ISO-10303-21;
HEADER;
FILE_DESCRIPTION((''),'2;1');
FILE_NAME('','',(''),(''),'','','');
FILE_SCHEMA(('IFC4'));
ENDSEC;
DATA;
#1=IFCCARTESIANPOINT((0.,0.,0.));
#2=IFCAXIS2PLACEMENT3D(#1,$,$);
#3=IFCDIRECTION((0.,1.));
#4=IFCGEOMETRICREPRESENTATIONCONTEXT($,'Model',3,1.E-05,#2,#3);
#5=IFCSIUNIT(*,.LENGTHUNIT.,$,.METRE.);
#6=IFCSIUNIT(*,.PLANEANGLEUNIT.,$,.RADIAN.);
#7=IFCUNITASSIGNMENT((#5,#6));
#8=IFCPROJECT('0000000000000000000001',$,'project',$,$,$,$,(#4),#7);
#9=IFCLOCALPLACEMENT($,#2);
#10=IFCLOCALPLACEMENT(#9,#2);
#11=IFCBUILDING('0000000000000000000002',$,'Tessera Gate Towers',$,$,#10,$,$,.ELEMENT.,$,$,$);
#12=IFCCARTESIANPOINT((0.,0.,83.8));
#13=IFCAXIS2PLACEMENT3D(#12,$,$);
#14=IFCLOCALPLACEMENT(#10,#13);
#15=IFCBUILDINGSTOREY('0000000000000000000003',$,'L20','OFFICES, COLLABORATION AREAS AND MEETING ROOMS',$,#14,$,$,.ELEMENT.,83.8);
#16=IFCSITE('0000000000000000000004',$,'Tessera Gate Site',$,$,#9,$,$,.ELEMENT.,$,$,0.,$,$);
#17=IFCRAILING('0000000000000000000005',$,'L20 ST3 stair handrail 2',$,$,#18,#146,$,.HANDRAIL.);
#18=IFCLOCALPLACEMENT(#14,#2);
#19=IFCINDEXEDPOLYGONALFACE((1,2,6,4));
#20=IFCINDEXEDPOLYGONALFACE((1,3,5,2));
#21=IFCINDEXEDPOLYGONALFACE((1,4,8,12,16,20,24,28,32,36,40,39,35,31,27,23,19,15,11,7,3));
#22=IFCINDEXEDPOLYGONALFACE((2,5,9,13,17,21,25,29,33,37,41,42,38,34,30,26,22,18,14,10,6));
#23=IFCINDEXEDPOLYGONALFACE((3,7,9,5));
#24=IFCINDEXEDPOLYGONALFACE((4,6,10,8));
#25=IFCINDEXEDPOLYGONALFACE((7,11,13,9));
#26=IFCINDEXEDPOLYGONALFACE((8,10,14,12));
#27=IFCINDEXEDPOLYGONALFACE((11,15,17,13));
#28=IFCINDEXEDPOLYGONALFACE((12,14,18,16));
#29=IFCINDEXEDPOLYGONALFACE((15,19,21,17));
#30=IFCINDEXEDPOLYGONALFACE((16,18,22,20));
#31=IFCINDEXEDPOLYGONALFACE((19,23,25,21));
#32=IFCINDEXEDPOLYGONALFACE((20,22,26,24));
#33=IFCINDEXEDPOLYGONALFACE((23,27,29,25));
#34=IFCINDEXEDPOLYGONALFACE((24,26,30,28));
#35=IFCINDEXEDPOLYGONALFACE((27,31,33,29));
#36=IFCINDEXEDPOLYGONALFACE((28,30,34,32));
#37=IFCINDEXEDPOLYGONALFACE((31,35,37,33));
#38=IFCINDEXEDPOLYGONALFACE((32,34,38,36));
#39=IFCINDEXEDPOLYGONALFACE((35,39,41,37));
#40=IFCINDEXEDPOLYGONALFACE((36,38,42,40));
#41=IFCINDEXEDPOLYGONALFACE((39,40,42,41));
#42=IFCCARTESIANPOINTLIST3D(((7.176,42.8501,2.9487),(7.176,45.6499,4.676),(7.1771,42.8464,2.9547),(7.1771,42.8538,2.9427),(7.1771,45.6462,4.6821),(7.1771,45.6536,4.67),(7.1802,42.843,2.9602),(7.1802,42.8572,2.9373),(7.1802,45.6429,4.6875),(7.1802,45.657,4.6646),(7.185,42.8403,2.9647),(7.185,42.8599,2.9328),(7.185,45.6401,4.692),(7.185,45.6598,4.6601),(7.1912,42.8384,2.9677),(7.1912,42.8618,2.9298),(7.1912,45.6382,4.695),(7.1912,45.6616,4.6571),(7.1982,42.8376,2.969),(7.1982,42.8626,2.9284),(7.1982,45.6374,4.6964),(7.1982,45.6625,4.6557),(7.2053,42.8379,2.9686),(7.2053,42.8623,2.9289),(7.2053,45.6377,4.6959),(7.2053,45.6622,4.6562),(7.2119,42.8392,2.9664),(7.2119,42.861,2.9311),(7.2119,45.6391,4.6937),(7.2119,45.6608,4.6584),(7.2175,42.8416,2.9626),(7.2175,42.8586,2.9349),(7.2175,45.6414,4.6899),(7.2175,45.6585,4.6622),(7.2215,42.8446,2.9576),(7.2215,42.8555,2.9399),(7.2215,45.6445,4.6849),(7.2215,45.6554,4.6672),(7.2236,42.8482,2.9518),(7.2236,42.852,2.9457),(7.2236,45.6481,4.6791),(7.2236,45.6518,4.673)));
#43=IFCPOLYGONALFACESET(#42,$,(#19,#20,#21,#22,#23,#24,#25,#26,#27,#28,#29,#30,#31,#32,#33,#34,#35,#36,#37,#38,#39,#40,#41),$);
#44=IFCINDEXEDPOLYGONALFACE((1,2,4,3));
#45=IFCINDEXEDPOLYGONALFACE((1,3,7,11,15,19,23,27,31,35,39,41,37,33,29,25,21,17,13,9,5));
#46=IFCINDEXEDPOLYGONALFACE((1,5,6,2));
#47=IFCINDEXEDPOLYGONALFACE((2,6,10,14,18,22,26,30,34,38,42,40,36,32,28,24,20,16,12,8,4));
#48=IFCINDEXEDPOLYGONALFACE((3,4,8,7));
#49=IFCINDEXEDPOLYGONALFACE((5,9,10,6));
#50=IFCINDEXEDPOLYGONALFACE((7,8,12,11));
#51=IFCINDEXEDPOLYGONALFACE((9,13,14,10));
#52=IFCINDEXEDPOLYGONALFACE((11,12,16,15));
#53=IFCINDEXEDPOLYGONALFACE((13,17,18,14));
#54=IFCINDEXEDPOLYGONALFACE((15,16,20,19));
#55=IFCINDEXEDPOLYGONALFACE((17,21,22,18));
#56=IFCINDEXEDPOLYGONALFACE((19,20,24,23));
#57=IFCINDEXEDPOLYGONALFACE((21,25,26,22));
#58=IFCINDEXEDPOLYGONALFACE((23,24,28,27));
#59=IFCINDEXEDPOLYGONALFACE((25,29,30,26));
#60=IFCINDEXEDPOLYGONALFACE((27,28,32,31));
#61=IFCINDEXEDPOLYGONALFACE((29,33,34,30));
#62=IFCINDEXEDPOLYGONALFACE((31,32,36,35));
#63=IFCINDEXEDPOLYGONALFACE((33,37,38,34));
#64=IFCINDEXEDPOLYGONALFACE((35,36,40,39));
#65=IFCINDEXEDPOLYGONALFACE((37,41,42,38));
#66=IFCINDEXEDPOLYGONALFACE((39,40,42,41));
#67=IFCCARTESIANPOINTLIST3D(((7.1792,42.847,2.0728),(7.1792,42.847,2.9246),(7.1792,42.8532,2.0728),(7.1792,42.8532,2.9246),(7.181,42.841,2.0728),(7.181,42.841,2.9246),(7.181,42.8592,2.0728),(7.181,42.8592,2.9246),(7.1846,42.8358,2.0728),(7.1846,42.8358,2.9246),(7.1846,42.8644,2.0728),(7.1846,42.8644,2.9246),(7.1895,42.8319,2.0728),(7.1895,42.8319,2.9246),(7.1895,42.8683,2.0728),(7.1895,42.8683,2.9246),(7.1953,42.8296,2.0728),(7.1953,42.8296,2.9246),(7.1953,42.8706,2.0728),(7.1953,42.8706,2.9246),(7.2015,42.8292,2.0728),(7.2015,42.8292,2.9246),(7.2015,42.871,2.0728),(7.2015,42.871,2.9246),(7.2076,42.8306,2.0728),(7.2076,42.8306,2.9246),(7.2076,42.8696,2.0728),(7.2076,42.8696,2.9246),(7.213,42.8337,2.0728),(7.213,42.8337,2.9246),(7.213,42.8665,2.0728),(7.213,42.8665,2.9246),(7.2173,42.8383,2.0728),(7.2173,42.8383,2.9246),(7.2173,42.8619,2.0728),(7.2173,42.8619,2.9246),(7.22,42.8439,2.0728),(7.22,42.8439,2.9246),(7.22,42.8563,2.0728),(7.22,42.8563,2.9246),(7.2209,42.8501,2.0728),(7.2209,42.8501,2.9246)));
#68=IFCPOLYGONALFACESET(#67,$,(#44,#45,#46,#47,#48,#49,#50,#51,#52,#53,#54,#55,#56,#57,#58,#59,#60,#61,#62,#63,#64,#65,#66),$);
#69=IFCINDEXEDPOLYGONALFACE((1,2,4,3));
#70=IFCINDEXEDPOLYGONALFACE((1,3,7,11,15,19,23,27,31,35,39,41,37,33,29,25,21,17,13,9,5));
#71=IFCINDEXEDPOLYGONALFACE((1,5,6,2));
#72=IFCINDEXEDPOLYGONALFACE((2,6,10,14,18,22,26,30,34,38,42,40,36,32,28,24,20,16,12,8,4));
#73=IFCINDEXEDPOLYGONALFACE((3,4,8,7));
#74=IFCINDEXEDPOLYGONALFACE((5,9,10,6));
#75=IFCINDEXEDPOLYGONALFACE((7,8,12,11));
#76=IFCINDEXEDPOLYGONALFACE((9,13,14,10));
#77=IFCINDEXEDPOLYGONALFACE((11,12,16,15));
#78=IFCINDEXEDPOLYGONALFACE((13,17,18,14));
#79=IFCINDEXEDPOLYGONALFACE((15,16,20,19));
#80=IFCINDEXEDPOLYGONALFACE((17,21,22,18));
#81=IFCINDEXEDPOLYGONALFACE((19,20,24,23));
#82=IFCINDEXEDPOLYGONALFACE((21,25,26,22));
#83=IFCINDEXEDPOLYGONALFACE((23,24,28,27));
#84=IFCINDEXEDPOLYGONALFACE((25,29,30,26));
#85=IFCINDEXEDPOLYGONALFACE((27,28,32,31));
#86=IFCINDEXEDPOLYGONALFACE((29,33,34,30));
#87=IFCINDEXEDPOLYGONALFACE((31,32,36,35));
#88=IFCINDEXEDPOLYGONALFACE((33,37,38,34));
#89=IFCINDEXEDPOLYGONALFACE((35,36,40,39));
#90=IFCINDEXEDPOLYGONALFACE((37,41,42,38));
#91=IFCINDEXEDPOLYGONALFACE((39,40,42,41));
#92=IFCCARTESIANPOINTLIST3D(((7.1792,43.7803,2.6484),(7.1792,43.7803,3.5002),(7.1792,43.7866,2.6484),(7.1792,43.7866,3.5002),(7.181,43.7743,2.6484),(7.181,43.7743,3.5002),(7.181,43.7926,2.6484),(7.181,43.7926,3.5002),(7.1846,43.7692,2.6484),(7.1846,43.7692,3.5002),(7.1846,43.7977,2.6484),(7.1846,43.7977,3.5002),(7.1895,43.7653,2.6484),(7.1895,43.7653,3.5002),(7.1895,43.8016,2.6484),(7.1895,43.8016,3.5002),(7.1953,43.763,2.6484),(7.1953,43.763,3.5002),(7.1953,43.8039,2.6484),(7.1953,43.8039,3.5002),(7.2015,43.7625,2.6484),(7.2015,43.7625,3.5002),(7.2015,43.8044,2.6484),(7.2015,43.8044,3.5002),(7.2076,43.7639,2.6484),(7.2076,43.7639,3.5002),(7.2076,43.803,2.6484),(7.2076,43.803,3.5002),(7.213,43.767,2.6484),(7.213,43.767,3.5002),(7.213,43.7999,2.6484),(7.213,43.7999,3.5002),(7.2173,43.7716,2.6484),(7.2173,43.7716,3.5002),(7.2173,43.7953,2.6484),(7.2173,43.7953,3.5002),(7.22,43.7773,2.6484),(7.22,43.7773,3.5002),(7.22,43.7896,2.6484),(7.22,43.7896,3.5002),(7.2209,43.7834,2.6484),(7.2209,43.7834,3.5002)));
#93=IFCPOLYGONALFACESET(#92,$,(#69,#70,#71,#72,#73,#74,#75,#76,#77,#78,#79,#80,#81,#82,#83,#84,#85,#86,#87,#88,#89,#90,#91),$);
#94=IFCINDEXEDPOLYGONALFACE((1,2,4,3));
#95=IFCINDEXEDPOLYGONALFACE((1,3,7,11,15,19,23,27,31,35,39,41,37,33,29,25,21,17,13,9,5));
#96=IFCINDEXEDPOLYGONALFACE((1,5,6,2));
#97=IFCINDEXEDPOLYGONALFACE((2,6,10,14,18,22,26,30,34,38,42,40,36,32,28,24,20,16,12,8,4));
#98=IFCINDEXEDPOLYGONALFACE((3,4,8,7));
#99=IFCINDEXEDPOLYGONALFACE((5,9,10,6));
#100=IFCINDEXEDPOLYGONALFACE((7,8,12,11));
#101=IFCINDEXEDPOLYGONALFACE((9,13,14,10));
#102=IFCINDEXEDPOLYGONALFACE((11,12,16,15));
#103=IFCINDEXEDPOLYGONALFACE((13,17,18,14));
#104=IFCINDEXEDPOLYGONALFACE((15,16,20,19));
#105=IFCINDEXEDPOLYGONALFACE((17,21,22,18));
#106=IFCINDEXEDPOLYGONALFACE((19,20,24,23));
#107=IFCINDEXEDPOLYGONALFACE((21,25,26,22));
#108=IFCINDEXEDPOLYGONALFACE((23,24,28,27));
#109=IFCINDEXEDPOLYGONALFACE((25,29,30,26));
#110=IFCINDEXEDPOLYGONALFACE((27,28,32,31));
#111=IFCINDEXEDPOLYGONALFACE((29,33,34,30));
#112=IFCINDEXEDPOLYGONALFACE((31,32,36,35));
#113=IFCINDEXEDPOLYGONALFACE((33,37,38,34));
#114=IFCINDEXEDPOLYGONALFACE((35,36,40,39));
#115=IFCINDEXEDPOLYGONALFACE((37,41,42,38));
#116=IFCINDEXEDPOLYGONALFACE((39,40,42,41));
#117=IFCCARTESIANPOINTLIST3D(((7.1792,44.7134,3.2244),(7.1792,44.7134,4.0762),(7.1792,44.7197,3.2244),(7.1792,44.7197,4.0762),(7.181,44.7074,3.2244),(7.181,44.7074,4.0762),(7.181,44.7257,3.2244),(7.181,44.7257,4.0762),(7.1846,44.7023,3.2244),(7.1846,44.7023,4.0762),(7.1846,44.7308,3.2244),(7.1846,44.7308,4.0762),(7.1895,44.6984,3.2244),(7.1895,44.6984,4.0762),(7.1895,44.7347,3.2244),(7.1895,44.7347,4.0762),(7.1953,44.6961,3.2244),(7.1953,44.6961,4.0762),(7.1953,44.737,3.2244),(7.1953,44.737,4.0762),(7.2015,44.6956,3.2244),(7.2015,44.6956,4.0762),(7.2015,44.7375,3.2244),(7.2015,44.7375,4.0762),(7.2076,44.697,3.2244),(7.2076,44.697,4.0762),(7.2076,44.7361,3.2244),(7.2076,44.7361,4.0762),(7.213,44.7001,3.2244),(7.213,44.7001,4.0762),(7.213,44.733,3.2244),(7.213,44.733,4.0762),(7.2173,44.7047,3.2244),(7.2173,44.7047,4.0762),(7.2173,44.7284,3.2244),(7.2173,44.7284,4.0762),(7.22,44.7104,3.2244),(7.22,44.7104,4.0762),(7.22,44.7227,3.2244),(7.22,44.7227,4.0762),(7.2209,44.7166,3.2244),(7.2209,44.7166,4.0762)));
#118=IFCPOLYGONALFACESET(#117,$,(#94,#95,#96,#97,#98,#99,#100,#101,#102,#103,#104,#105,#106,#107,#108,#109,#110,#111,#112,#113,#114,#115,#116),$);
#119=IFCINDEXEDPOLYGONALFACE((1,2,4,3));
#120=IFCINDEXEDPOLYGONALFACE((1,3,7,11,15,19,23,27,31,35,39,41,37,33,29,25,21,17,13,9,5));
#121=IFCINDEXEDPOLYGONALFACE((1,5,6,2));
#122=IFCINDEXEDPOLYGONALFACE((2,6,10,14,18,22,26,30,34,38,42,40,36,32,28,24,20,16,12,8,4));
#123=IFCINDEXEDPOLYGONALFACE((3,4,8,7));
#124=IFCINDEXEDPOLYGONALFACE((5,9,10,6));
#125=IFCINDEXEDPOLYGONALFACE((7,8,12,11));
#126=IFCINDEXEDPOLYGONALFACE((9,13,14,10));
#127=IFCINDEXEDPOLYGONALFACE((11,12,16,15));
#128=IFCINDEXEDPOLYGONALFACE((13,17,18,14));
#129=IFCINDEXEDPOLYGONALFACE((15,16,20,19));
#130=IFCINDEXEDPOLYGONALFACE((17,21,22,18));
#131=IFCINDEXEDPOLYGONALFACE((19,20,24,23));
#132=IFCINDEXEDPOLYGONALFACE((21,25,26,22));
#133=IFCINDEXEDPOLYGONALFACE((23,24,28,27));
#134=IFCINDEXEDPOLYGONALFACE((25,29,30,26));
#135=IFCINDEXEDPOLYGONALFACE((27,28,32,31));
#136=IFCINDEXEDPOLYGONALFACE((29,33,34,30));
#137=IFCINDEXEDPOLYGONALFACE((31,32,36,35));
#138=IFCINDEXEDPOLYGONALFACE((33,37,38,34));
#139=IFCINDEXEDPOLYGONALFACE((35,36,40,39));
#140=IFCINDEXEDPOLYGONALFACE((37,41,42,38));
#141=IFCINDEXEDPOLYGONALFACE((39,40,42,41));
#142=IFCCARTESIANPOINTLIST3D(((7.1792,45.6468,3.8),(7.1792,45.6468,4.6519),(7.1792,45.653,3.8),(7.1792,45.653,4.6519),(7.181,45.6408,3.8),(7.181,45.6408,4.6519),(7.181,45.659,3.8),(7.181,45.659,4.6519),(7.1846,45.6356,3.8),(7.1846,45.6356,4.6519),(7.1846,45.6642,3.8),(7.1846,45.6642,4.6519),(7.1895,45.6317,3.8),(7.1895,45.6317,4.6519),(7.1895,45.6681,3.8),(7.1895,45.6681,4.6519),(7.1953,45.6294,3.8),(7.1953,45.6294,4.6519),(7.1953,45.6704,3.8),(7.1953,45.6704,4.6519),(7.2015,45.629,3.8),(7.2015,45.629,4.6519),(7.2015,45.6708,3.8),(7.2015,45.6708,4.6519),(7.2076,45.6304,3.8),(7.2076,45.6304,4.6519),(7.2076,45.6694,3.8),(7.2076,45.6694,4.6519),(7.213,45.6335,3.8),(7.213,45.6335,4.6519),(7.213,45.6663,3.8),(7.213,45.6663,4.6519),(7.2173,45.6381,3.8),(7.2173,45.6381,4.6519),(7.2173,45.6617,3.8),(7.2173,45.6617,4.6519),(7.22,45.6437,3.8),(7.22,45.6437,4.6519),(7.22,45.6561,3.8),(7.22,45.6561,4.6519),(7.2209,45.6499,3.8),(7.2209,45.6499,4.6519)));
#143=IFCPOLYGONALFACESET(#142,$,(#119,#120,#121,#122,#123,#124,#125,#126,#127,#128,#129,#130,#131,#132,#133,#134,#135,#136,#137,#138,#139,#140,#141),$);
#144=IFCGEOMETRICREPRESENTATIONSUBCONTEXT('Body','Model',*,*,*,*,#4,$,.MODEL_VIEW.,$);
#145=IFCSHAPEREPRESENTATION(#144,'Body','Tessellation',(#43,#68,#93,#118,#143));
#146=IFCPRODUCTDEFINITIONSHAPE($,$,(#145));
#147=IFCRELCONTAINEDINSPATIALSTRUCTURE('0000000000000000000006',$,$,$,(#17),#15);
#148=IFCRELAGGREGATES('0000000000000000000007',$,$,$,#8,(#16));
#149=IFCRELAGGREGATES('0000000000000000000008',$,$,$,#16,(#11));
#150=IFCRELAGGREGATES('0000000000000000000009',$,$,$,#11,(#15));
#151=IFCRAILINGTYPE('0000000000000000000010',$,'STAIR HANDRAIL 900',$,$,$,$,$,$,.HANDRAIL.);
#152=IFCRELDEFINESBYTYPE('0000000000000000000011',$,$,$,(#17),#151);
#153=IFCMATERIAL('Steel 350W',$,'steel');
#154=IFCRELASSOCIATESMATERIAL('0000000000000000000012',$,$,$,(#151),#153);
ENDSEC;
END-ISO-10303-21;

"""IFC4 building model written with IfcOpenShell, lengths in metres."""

from ifc_helpers import new_model, si_unit, direction, frame, origin, origin_2d, place, context, subcontext, project, spatial, circle, extrude, material, type_object, element, save


model = new_model("IFC4")

# Units and contexts
model_context = context("Model", 3, precision=1e-05, world=origin(), true_north=direction((0.0, 1.0)))
body_context = subcontext(model_context, "Body", "Model", "MODEL_VIEW")
ifc_project = project(units=[si_unit("LENGTHUNIT", "METRE"), si_unit("PLANEANGLEUNIT", "RADIAN")], contexts=[model_context])

# Site, building, storey
site_placement = place(None, origin())
site = spatial("IfcSite", under=ifc_project, at=site_placement, Name="Tessera Gate Site", CompositionType="ELEMENT", RefElevation=0.0)
building_placement = place(site_placement, origin())
building = spatial("IfcBuilding", under=site, at=building_placement, Name="Tessera Gate Towers", CompositionType="ELEMENT")
storey_placement = place(building_placement, frame((0.0, 0.0, 83.8)))
storey = spatial("IfcBuildingStorey", under=building, at=storey_placement, Name="L20", Description="OFFICES, COLLABORATION AREAS AND MEETING ROOMS", CompositionType="ELEMENT", Elevation=83.8)

# Railing
ifc_material_1 = material(Name="Steel 350W", Category="steel")
railing_type_1 = type_object("IfcRailingType", Name="STAIR HANDRAIL 900", PredefinedType="HANDRAIL", material=ifc_material_1)
railing_1_placement = place(storey_placement, frame((7.2, 42.8501, 2.0728)))
element("IfcRailing", 1, at=railing_1_placement, inside=storey, type_object=railing_type_1, Name="L20 ST3 stair handrail 2", PredefinedType="HANDRAIL", context=body_context, shape_type="SweptSolid", body=[
    extrude(circle(Radius=0.0239, at=origin_2d()), frame((0.0, 0.0, 0.876), z_axis=(0.0, 0.851069, 0.525054), x_axis=(-1.0, 0.0, 0.0)), (0.0, 0.0, 1.0), 3.2898),
    extrude(circle(Radius=0.021, at=origin_2d()), origin(), (0.0, 0.0, 1.0), 0.8518),
    extrude(circle(Radius=0.021, at=origin_2d()), frame((0.0, 0.9333, 0.5757)), (0.0, 0.0, 1.0), 0.8518),
    extrude(circle(Radius=0.021, at=origin_2d()), frame((0.0, 1.8665, 1.1516)), (0.0, 0.0, 1.0), 0.8518),
    extrude(circle(Radius=0.021, at=origin_2d()), frame((0.0, 2.7998, 1.7273)), (0.0, 0.0, 1.0), 0.8518),
])

save(model, "model.ifc")
